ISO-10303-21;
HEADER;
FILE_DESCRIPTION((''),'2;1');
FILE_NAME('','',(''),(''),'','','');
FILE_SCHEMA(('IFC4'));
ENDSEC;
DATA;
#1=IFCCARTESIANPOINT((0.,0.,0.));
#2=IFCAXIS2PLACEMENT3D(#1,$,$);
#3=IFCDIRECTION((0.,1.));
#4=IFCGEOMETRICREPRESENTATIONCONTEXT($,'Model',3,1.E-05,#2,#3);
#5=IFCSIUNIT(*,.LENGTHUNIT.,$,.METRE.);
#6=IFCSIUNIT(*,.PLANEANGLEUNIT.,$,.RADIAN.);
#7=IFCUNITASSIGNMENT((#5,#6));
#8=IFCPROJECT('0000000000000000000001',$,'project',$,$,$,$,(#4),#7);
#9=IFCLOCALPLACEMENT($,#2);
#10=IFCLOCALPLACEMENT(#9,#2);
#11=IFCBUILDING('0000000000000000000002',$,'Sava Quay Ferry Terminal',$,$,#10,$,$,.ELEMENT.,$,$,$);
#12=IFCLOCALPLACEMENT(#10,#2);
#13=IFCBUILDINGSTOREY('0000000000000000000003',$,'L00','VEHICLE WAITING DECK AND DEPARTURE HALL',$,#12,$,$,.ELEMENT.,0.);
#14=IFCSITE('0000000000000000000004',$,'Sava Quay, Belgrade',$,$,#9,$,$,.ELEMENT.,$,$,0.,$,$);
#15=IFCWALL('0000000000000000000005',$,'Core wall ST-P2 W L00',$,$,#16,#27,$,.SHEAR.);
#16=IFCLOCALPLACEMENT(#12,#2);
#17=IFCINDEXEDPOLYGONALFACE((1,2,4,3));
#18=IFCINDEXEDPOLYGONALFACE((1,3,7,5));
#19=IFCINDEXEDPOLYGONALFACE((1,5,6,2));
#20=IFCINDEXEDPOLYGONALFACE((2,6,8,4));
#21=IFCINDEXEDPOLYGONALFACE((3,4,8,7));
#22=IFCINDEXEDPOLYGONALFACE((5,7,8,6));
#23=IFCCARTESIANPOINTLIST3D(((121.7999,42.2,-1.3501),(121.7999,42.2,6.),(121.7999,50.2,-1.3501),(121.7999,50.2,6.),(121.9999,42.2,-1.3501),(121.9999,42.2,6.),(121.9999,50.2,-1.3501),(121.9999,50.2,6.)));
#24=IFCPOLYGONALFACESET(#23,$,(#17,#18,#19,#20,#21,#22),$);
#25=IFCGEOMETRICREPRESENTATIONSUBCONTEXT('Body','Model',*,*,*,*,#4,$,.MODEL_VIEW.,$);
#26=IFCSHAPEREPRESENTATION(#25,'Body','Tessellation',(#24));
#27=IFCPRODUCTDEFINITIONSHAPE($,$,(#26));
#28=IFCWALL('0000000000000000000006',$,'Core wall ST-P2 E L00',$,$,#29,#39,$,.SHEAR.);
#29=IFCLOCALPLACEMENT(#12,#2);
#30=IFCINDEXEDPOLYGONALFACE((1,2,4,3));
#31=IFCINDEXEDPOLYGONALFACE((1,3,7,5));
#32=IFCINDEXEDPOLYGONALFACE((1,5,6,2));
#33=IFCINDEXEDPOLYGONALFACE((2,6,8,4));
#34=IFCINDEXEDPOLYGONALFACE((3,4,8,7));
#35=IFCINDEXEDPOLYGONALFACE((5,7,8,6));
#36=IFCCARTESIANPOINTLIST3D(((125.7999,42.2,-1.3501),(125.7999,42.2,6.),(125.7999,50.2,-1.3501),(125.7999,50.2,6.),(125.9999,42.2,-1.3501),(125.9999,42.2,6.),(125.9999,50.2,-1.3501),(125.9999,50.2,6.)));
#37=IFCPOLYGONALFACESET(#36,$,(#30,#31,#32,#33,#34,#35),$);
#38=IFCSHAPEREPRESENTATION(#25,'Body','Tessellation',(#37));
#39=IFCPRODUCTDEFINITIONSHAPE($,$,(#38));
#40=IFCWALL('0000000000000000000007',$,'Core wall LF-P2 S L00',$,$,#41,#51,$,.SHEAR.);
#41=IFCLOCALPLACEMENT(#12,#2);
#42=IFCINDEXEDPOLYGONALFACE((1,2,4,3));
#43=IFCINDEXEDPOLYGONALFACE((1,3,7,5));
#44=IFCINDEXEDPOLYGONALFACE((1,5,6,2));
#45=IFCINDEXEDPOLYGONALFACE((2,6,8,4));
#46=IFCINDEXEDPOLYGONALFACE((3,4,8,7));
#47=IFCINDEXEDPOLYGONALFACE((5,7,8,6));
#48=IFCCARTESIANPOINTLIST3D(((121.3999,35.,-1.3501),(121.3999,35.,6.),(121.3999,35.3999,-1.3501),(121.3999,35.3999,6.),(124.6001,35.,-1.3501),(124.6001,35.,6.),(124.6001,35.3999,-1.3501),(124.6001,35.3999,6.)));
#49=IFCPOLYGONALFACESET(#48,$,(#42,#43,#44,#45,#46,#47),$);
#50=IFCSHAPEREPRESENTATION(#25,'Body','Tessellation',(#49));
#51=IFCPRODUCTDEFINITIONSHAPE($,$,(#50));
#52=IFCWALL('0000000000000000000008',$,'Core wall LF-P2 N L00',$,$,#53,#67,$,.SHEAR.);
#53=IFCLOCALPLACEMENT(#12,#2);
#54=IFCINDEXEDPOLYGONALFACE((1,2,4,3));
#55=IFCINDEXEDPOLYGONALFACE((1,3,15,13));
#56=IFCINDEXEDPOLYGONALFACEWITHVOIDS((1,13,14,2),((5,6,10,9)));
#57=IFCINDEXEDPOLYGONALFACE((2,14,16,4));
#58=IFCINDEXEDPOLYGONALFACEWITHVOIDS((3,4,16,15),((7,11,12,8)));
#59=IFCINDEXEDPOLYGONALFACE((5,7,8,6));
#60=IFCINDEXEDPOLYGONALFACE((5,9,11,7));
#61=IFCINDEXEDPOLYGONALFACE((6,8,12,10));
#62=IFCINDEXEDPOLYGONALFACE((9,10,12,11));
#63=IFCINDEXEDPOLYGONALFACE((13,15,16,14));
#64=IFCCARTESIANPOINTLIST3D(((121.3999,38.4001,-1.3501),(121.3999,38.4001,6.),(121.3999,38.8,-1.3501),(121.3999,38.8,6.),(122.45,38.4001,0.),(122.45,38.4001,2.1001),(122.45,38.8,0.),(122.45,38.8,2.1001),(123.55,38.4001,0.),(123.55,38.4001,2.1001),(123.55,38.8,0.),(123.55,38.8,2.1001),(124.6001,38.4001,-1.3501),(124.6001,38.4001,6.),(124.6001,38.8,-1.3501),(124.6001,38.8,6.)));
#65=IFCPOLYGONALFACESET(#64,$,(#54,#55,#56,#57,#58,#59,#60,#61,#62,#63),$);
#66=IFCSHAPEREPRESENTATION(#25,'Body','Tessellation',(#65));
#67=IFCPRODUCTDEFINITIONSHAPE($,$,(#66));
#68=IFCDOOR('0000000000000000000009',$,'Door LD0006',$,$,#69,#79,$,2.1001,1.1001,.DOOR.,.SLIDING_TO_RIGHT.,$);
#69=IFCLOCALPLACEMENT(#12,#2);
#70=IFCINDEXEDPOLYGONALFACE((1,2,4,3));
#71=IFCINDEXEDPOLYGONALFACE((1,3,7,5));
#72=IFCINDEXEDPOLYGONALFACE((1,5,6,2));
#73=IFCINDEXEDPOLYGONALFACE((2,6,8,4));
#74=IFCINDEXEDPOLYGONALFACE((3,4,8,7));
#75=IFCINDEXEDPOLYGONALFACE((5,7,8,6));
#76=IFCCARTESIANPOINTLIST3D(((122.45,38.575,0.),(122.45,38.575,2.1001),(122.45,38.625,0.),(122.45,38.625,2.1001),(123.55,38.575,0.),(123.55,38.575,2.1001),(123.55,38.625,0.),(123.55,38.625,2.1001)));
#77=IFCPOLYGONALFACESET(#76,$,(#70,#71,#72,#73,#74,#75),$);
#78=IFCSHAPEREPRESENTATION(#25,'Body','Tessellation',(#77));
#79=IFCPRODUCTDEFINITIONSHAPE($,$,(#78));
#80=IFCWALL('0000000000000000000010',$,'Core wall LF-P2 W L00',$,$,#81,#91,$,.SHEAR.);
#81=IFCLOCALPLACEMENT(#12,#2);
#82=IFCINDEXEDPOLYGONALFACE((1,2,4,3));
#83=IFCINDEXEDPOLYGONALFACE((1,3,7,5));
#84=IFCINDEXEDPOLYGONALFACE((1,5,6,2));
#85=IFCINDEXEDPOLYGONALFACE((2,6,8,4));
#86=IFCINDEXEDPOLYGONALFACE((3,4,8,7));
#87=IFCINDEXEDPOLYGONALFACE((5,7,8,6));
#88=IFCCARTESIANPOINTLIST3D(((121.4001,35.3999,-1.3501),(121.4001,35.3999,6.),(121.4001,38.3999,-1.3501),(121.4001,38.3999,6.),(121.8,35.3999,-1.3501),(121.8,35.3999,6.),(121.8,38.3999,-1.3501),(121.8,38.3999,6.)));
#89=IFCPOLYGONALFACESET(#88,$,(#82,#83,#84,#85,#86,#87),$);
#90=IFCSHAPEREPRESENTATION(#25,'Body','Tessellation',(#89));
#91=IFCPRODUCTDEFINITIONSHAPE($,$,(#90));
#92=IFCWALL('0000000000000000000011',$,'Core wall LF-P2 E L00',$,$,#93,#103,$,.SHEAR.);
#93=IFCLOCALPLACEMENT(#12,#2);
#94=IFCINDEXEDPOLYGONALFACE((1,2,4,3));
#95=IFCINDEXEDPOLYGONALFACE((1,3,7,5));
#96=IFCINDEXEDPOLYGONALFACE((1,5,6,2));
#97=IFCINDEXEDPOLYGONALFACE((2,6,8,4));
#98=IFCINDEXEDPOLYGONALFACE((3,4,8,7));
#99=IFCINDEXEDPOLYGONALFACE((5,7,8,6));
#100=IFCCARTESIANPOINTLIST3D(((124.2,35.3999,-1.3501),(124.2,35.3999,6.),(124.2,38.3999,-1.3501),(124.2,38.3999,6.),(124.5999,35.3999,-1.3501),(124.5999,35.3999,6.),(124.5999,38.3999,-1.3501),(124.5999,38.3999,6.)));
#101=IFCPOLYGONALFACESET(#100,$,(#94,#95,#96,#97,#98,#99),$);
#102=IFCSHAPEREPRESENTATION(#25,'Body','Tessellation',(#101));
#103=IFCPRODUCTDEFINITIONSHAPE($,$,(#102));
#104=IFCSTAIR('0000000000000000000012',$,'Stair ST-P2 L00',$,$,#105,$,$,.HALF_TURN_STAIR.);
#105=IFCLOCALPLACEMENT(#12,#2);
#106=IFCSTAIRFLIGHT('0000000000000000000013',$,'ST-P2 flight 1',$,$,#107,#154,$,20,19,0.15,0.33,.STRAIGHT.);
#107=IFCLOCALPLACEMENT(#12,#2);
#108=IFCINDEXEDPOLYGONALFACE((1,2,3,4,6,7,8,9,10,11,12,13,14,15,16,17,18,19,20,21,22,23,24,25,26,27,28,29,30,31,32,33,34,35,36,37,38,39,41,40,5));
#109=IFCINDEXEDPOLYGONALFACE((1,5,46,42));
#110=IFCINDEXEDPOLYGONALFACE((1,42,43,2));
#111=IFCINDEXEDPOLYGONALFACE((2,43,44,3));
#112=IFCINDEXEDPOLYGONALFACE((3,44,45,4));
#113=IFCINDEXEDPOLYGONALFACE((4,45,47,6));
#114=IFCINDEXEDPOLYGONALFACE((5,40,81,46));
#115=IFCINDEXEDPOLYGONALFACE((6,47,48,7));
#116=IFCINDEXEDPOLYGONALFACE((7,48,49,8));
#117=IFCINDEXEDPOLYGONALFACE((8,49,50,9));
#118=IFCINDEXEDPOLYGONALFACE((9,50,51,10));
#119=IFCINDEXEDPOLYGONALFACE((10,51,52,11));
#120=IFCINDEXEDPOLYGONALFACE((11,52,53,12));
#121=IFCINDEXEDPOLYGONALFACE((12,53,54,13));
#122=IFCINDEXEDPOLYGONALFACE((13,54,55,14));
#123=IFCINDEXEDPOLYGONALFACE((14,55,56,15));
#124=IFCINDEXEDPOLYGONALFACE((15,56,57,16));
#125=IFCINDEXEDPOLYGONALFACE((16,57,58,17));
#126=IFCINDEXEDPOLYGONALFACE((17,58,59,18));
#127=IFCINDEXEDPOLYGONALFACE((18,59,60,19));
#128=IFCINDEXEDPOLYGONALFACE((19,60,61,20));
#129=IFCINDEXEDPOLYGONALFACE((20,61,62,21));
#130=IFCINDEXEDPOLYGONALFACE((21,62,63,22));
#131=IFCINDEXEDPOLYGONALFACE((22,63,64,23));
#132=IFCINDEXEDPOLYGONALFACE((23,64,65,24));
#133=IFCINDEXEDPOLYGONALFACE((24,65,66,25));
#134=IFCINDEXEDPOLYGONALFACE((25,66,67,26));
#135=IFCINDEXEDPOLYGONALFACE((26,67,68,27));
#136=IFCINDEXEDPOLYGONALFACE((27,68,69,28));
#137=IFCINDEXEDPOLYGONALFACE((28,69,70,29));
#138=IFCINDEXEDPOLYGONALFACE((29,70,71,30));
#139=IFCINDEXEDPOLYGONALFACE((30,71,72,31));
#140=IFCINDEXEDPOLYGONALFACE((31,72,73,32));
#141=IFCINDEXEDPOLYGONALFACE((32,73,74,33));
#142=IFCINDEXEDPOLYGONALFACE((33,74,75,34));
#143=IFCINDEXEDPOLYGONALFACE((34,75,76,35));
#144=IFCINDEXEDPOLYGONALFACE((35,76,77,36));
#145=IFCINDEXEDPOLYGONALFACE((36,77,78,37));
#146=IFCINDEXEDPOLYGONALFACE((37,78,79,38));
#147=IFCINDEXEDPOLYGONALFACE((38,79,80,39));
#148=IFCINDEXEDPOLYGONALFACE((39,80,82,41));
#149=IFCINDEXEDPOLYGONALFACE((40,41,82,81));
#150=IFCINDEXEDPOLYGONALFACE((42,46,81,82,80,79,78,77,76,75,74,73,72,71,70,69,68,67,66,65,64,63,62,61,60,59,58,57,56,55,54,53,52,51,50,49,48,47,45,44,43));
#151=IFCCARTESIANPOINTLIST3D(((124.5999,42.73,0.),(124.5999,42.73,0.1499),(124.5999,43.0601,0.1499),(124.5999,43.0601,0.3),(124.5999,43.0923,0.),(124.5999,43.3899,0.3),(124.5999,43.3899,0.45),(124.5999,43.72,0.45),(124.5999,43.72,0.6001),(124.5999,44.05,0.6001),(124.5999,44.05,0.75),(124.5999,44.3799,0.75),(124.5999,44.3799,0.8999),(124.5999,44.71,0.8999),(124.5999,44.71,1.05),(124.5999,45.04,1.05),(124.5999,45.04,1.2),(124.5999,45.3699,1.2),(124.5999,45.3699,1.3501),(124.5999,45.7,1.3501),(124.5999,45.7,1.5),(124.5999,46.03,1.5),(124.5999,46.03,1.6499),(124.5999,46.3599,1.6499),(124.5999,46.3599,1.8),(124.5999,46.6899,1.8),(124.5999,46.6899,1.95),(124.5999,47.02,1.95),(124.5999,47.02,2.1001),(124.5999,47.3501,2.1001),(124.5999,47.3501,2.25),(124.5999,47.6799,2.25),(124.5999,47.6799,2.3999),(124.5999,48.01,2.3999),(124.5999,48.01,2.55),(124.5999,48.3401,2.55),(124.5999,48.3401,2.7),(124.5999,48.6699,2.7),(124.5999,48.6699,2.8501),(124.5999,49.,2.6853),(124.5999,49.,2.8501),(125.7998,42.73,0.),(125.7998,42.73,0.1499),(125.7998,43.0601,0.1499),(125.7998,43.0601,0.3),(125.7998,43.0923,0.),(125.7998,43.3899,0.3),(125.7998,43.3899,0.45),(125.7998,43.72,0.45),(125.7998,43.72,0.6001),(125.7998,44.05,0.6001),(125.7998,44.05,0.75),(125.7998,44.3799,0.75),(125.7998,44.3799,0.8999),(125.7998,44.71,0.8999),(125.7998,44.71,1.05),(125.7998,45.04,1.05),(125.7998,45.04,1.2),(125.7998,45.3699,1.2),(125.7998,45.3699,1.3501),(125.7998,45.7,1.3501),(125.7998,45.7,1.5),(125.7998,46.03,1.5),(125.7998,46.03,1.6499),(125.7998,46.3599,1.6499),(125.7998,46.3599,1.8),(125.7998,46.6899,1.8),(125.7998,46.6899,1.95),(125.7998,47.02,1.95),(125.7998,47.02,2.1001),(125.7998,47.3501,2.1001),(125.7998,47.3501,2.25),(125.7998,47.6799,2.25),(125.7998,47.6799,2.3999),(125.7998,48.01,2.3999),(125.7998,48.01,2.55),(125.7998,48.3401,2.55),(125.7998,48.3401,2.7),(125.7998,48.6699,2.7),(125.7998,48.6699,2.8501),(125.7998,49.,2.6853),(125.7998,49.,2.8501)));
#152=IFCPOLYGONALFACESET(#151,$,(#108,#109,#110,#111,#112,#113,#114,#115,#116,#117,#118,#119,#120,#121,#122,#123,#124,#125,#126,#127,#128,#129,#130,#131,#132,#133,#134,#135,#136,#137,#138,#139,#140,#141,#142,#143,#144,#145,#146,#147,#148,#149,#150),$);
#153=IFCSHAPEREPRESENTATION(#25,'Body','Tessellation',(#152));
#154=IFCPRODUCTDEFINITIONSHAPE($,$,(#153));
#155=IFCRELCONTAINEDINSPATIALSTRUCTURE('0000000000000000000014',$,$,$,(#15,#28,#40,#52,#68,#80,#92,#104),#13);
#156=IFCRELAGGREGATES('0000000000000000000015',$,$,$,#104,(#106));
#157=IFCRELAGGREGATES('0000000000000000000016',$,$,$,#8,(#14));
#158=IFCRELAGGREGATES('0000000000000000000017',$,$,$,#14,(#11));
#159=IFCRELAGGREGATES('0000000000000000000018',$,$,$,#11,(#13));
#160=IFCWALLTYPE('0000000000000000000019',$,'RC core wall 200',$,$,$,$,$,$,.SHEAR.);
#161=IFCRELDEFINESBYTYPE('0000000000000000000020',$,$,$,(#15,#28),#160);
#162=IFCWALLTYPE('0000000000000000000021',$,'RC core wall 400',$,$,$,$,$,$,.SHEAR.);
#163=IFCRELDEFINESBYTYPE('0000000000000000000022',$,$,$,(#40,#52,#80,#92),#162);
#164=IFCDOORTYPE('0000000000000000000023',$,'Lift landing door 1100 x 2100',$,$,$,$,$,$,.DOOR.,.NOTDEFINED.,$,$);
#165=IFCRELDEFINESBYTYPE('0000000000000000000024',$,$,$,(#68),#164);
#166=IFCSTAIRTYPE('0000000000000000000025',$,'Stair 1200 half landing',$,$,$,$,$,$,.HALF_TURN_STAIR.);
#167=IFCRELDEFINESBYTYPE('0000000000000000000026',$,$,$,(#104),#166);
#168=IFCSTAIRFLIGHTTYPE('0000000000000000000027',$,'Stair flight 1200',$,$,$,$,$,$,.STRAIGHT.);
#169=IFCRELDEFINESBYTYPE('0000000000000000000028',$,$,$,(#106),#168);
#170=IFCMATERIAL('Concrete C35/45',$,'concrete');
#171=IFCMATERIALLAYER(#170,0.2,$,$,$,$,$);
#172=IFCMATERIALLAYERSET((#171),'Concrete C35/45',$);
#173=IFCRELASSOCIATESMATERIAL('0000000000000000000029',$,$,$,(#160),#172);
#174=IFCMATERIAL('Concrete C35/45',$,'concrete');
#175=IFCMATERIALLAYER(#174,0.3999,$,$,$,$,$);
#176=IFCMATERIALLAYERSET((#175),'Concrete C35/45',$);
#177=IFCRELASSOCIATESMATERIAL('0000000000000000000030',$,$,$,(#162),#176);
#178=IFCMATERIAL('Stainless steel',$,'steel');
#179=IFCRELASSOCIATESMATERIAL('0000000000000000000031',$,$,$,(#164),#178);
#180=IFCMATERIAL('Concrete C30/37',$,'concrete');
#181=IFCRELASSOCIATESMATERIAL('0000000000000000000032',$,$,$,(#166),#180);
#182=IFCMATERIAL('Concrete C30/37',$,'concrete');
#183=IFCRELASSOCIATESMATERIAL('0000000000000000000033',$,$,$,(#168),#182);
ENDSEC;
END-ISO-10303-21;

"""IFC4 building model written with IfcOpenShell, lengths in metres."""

from ifc_helpers import new_model, si_unit, direction, frame, frame_2d, origin, place, context, subcontext, project, spatial, polyline, rectangle, outline, extrude, material, layer, layer_set, type_object, element, fill, aggregate, save


model = new_model("IFC4")

# Units and contexts
model_context = context("Model", 3, precision=1e-05, world=origin(), true_north=direction((0.0, 1.0)))
body_context = subcontext(model_context, "Body", "Model", "MODEL_VIEW")
ifc_project = project(units=[si_unit("LENGTHUNIT", "METRE"), si_unit("PLANEANGLEUNIT", "RADIAN")], contexts=[model_context])

# Site, building, storey
site_placement = place(None, origin())
site = spatial("IfcSite", under=ifc_project, at=site_placement, Name="Sava Quay, Belgrade", CompositionType="ELEMENT", RefElevation=0.0)
building_placement = place(site_placement, origin())
building = spatial("IfcBuilding", under=site, at=building_placement, Name="Sava Quay Ferry Terminal", CompositionType="ELEMENT")
storey_placement = place(building_placement, origin())
storey = spatial("IfcBuildingStorey", under=building, at=storey_placement, Name="L00", Description="VEHICLE WAITING DECK AND DEPARTURE HALL", CompositionType="ELEMENT", Elevation=0.0)

# Shared definitions
ifc_material_1 = material(Name="Concrete C35/45", Category="concrete")
ifc_layer_1 = layer(ifc_material_1, 0.2)
ifc_layer_set_1 = layer_set([ifc_layer_1], Name="Concrete C35/45")
wall_type_1 = type_object("IfcWallType", Name="RC core wall 200", PredefinedType="SHEAR", material=ifc_layer_set_1)

# Walls
for number, where, z_axis, x_axis, name in (
    (1, (121.8999, 42.2, -1.3501), (0.0, 0.0, 1.0), (0.0, 1.0, 0.0), "Core wall ST-P2 W L00"),
    (2, (125.8999, 42.2, -1.3501), (0.0, 0.0, 1.0), (0.0, 1.0, 0.0), "Core wall ST-P2 E L00"),
):
    element("IfcWall", number, at=place(storey_placement, frame(where, z_axis=z_axis, x_axis=x_axis)), inside=storey, type_object=wall_type_1, Name=name, PredefinedType="SHEAR", context=body_context, shape_type="SweptSolid", body=[
        extrude(rectangle(XDim=8.0, YDim=0.2, at=frame_2d((4.0, 0.0))), origin(), (0.0, 0.0, 1.0), 7.3501),
    ])
ifc_material_2 = material(Name="Concrete C35/45", Category="concrete")
ifc_layer_2 = layer(ifc_material_2, 0.3999)
ifc_layer_set_2 = layer_set([ifc_layer_2], Name="Concrete C35/45")
wall_type_2 = type_object("IfcWallType", Name="RC core wall 400", PredefinedType="SHEAR", material=ifc_layer_set_2)
wall_1_placement = place(storey_placement, frame((121.3999, 35.2, -1.3501), z_axis=(0.0, 0.0, 1.0), x_axis=(1.0, 0.0, 0.0)))
element("IfcWall", 3, at=wall_1_placement, inside=storey, type_object=wall_type_2, Name="Core wall LF-P2 S L00", PredefinedType="SHEAR", context=body_context, shape_type="SweptSolid", body=[
    extrude(rectangle(XDim=3.2002, YDim=0.3999, at=frame_2d((1.6001, 0.0))), origin(), (0.0, 0.0, 1.0), 7.3501),
])

# Wall, opening, door
wall_2_placement = place(storey_placement, frame((121.3999, 38.6001, -1.3501), z_axis=(0.0, 0.0, 1.0), x_axis=(1.0, 0.0, 0.0)))
wall_2 = element("IfcWall", 4, at=wall_2_placement, inside=storey, type_object=wall_type_2, Name="Core wall LF-P2 N L00", PredefinedType="SHEAR", context=body_context, shape_type="SweptSolid", body=[
    extrude(rectangle(XDim=3.2002, YDim=0.3999, at=frame_2d((1.6001, 0.0))), origin(), (0.0, 0.0, 1.0), 7.3501),
])
opening_1_placement = place(wall_2_placement, frame((1.05, 0.0, 1.3501)))
opening_1 = element("IfcOpeningElement", 5, at=opening_1_placement, cuts=wall_2, PredefinedType="OPENING", context=body_context, shape_type="SweptSolid", body=[
    extrude(rectangle(XDim=1.1001, YDim=2.1001, at=frame_2d((0.55, 1.05))), frame((0.0, 0.2, 0.0), z_axis=(0.0, -1.0, 0.0), x_axis=(1.0, 0.0, 0.0)), (0.0, 0.0, 1.0), 0.3999),
])
ifc_material_3 = material(Name="Stainless steel", Category="steel")
door_type_1 = type_object("IfcDoorType", Name="Lift landing door 1100 x 2100", OperationType="NOTDEFINED", PredefinedType="DOOR", material=ifc_material_3)
door_1_placement = place(opening_1_placement, origin())
door_1 = element("IfcDoor", 6, at=door_1_placement, inside=storey, type_object=door_type_1, Name="Door LD0006", OperationType="SLIDING_TO_RIGHT", OverallHeight=2.1001, OverallWidth=1.1001, PredefinedType="DOOR", context=body_context, shape_type="SweptSolid", body=[
    extrude(rectangle(XDim=1.1001, YDim=2.1001, at=frame_2d((0.55, 1.05))), frame((0.0, 0.0249, 0.0), z_axis=(0.0, -1.0, 0.0), x_axis=(1.0, 0.0, 0.0)), (0.0, 0.0, 1.0), 0.05),
])
fill(opening_1, door_1)

# Walls
for number, where, z_axis, x_axis, name in (
    (7, (121.6001, 35.3999, -1.3501), (0.0, 0.0, 1.0), (0.0, 1.0, 0.0), "Core wall LF-P2 W L00"),
    (8, (124.3999, 35.3999, -1.3501), (0.0, 0.0, 1.0), (0.0, 1.0, 0.0), "Core wall LF-P2 E L00"),
):
    element("IfcWall", number, at=place(storey_placement, frame(where, z_axis=z_axis, x_axis=x_axis)), inside=storey, type_object=wall_type_2, Name=name, PredefinedType="SHEAR", context=body_context, shape_type="SweptSolid", body=[
        extrude(rectangle(XDim=3.0, YDim=0.3999, at=frame_2d((1.5, 0.0))), origin(), (0.0, 0.0, 1.0), 7.3501),
    ])

# Stair, stair flight
ifc_material_4 = material(Name="Concrete C30/37", Category="concrete")
stair_type = type_object("IfcStairType", Name="Stair 1200 half landing", PredefinedType="HALF_TURN_STAIR", material=ifc_material_4)
stair_placement = place(storey_placement, origin())
stair = element("IfcStair", 9, at=stair_placement, inside=storey, type_object=stair_type, Name="Stair ST-P2 L00", PredefinedType="HALF_TURN_STAIR")
ifc_material_5 = material(Name="Concrete C30/37", Category="concrete")
stair_flight_type = type_object("IfcStairFlightType", Name="Stair flight 1200", PredefinedType="STRAIGHT", material=ifc_material_5)
stair_flight_1_placement = place(storey_placement, frame((125.2, 42.73, 0.0), z_axis=(0.0, 0.0, 1.0), x_axis=(0.0, 1.0, 0.0)))
stair_flight_1 = element("IfcStairFlight", 10, at=stair_flight_1_placement, type_object=stair_flight_type, Name="ST-P2 flight 1", NumberOfRisers=20, NumberOfTreads=19, PredefinedType="STRAIGHT", RiserHeight=0.15, TreadLength=0.33, context=body_context, shape_type="SweptSolid", body=[
    extrude(outline(polyline([(0.0, 0.0), (0.0, 0.1499), (0.3301, 0.1499), (0.3301, 0.3), (0.6599, 0.3), (0.6599, 0.45), (0.99, 0.45), (0.99, 0.6001), (1.3201, 0.6001), (1.3201, 0.75), (1.6499, 0.75), (1.6499, 0.8999), (1.98, 0.8999), (1.98, 1.05), (2.3101, 1.05), (2.3101, 1.2), (2.6399, 1.2), (2.6399, 1.3501), (2.97, 1.3501), (2.97, 1.5), (3.3, 1.5), (3.3, 1.6499), (3.6299, 1.6499), (3.6299, 1.8), (3.96, 1.8), (3.96, 1.95), (4.29, 1.95), (4.29, 2.1001), (4.6201, 2.1001), (4.6201, 2.25), (4.95, 2.25), (4.95, 2.3999), (5.28, 2.3999), (5.28, 2.55), (5.6101, 2.55), (5.6101, 2.7), (5.9399, 2.7), (5.9399, 2.8501), (6.27, 2.8501), (6.27, 3.0), (6.27, 2.6853), (0.3623, 0.0), (0.0, 0.0)])), frame((0.0, 0.6001, 0.0), z_axis=(0.0, -1.0, 0.0), x_axis=(1.0, 0.0, 0.0)), (0.0, 0.0, 1.0), 1.2),
])
aggregate(stair, [stair_flight_1])

save(model, "model.ifc")
